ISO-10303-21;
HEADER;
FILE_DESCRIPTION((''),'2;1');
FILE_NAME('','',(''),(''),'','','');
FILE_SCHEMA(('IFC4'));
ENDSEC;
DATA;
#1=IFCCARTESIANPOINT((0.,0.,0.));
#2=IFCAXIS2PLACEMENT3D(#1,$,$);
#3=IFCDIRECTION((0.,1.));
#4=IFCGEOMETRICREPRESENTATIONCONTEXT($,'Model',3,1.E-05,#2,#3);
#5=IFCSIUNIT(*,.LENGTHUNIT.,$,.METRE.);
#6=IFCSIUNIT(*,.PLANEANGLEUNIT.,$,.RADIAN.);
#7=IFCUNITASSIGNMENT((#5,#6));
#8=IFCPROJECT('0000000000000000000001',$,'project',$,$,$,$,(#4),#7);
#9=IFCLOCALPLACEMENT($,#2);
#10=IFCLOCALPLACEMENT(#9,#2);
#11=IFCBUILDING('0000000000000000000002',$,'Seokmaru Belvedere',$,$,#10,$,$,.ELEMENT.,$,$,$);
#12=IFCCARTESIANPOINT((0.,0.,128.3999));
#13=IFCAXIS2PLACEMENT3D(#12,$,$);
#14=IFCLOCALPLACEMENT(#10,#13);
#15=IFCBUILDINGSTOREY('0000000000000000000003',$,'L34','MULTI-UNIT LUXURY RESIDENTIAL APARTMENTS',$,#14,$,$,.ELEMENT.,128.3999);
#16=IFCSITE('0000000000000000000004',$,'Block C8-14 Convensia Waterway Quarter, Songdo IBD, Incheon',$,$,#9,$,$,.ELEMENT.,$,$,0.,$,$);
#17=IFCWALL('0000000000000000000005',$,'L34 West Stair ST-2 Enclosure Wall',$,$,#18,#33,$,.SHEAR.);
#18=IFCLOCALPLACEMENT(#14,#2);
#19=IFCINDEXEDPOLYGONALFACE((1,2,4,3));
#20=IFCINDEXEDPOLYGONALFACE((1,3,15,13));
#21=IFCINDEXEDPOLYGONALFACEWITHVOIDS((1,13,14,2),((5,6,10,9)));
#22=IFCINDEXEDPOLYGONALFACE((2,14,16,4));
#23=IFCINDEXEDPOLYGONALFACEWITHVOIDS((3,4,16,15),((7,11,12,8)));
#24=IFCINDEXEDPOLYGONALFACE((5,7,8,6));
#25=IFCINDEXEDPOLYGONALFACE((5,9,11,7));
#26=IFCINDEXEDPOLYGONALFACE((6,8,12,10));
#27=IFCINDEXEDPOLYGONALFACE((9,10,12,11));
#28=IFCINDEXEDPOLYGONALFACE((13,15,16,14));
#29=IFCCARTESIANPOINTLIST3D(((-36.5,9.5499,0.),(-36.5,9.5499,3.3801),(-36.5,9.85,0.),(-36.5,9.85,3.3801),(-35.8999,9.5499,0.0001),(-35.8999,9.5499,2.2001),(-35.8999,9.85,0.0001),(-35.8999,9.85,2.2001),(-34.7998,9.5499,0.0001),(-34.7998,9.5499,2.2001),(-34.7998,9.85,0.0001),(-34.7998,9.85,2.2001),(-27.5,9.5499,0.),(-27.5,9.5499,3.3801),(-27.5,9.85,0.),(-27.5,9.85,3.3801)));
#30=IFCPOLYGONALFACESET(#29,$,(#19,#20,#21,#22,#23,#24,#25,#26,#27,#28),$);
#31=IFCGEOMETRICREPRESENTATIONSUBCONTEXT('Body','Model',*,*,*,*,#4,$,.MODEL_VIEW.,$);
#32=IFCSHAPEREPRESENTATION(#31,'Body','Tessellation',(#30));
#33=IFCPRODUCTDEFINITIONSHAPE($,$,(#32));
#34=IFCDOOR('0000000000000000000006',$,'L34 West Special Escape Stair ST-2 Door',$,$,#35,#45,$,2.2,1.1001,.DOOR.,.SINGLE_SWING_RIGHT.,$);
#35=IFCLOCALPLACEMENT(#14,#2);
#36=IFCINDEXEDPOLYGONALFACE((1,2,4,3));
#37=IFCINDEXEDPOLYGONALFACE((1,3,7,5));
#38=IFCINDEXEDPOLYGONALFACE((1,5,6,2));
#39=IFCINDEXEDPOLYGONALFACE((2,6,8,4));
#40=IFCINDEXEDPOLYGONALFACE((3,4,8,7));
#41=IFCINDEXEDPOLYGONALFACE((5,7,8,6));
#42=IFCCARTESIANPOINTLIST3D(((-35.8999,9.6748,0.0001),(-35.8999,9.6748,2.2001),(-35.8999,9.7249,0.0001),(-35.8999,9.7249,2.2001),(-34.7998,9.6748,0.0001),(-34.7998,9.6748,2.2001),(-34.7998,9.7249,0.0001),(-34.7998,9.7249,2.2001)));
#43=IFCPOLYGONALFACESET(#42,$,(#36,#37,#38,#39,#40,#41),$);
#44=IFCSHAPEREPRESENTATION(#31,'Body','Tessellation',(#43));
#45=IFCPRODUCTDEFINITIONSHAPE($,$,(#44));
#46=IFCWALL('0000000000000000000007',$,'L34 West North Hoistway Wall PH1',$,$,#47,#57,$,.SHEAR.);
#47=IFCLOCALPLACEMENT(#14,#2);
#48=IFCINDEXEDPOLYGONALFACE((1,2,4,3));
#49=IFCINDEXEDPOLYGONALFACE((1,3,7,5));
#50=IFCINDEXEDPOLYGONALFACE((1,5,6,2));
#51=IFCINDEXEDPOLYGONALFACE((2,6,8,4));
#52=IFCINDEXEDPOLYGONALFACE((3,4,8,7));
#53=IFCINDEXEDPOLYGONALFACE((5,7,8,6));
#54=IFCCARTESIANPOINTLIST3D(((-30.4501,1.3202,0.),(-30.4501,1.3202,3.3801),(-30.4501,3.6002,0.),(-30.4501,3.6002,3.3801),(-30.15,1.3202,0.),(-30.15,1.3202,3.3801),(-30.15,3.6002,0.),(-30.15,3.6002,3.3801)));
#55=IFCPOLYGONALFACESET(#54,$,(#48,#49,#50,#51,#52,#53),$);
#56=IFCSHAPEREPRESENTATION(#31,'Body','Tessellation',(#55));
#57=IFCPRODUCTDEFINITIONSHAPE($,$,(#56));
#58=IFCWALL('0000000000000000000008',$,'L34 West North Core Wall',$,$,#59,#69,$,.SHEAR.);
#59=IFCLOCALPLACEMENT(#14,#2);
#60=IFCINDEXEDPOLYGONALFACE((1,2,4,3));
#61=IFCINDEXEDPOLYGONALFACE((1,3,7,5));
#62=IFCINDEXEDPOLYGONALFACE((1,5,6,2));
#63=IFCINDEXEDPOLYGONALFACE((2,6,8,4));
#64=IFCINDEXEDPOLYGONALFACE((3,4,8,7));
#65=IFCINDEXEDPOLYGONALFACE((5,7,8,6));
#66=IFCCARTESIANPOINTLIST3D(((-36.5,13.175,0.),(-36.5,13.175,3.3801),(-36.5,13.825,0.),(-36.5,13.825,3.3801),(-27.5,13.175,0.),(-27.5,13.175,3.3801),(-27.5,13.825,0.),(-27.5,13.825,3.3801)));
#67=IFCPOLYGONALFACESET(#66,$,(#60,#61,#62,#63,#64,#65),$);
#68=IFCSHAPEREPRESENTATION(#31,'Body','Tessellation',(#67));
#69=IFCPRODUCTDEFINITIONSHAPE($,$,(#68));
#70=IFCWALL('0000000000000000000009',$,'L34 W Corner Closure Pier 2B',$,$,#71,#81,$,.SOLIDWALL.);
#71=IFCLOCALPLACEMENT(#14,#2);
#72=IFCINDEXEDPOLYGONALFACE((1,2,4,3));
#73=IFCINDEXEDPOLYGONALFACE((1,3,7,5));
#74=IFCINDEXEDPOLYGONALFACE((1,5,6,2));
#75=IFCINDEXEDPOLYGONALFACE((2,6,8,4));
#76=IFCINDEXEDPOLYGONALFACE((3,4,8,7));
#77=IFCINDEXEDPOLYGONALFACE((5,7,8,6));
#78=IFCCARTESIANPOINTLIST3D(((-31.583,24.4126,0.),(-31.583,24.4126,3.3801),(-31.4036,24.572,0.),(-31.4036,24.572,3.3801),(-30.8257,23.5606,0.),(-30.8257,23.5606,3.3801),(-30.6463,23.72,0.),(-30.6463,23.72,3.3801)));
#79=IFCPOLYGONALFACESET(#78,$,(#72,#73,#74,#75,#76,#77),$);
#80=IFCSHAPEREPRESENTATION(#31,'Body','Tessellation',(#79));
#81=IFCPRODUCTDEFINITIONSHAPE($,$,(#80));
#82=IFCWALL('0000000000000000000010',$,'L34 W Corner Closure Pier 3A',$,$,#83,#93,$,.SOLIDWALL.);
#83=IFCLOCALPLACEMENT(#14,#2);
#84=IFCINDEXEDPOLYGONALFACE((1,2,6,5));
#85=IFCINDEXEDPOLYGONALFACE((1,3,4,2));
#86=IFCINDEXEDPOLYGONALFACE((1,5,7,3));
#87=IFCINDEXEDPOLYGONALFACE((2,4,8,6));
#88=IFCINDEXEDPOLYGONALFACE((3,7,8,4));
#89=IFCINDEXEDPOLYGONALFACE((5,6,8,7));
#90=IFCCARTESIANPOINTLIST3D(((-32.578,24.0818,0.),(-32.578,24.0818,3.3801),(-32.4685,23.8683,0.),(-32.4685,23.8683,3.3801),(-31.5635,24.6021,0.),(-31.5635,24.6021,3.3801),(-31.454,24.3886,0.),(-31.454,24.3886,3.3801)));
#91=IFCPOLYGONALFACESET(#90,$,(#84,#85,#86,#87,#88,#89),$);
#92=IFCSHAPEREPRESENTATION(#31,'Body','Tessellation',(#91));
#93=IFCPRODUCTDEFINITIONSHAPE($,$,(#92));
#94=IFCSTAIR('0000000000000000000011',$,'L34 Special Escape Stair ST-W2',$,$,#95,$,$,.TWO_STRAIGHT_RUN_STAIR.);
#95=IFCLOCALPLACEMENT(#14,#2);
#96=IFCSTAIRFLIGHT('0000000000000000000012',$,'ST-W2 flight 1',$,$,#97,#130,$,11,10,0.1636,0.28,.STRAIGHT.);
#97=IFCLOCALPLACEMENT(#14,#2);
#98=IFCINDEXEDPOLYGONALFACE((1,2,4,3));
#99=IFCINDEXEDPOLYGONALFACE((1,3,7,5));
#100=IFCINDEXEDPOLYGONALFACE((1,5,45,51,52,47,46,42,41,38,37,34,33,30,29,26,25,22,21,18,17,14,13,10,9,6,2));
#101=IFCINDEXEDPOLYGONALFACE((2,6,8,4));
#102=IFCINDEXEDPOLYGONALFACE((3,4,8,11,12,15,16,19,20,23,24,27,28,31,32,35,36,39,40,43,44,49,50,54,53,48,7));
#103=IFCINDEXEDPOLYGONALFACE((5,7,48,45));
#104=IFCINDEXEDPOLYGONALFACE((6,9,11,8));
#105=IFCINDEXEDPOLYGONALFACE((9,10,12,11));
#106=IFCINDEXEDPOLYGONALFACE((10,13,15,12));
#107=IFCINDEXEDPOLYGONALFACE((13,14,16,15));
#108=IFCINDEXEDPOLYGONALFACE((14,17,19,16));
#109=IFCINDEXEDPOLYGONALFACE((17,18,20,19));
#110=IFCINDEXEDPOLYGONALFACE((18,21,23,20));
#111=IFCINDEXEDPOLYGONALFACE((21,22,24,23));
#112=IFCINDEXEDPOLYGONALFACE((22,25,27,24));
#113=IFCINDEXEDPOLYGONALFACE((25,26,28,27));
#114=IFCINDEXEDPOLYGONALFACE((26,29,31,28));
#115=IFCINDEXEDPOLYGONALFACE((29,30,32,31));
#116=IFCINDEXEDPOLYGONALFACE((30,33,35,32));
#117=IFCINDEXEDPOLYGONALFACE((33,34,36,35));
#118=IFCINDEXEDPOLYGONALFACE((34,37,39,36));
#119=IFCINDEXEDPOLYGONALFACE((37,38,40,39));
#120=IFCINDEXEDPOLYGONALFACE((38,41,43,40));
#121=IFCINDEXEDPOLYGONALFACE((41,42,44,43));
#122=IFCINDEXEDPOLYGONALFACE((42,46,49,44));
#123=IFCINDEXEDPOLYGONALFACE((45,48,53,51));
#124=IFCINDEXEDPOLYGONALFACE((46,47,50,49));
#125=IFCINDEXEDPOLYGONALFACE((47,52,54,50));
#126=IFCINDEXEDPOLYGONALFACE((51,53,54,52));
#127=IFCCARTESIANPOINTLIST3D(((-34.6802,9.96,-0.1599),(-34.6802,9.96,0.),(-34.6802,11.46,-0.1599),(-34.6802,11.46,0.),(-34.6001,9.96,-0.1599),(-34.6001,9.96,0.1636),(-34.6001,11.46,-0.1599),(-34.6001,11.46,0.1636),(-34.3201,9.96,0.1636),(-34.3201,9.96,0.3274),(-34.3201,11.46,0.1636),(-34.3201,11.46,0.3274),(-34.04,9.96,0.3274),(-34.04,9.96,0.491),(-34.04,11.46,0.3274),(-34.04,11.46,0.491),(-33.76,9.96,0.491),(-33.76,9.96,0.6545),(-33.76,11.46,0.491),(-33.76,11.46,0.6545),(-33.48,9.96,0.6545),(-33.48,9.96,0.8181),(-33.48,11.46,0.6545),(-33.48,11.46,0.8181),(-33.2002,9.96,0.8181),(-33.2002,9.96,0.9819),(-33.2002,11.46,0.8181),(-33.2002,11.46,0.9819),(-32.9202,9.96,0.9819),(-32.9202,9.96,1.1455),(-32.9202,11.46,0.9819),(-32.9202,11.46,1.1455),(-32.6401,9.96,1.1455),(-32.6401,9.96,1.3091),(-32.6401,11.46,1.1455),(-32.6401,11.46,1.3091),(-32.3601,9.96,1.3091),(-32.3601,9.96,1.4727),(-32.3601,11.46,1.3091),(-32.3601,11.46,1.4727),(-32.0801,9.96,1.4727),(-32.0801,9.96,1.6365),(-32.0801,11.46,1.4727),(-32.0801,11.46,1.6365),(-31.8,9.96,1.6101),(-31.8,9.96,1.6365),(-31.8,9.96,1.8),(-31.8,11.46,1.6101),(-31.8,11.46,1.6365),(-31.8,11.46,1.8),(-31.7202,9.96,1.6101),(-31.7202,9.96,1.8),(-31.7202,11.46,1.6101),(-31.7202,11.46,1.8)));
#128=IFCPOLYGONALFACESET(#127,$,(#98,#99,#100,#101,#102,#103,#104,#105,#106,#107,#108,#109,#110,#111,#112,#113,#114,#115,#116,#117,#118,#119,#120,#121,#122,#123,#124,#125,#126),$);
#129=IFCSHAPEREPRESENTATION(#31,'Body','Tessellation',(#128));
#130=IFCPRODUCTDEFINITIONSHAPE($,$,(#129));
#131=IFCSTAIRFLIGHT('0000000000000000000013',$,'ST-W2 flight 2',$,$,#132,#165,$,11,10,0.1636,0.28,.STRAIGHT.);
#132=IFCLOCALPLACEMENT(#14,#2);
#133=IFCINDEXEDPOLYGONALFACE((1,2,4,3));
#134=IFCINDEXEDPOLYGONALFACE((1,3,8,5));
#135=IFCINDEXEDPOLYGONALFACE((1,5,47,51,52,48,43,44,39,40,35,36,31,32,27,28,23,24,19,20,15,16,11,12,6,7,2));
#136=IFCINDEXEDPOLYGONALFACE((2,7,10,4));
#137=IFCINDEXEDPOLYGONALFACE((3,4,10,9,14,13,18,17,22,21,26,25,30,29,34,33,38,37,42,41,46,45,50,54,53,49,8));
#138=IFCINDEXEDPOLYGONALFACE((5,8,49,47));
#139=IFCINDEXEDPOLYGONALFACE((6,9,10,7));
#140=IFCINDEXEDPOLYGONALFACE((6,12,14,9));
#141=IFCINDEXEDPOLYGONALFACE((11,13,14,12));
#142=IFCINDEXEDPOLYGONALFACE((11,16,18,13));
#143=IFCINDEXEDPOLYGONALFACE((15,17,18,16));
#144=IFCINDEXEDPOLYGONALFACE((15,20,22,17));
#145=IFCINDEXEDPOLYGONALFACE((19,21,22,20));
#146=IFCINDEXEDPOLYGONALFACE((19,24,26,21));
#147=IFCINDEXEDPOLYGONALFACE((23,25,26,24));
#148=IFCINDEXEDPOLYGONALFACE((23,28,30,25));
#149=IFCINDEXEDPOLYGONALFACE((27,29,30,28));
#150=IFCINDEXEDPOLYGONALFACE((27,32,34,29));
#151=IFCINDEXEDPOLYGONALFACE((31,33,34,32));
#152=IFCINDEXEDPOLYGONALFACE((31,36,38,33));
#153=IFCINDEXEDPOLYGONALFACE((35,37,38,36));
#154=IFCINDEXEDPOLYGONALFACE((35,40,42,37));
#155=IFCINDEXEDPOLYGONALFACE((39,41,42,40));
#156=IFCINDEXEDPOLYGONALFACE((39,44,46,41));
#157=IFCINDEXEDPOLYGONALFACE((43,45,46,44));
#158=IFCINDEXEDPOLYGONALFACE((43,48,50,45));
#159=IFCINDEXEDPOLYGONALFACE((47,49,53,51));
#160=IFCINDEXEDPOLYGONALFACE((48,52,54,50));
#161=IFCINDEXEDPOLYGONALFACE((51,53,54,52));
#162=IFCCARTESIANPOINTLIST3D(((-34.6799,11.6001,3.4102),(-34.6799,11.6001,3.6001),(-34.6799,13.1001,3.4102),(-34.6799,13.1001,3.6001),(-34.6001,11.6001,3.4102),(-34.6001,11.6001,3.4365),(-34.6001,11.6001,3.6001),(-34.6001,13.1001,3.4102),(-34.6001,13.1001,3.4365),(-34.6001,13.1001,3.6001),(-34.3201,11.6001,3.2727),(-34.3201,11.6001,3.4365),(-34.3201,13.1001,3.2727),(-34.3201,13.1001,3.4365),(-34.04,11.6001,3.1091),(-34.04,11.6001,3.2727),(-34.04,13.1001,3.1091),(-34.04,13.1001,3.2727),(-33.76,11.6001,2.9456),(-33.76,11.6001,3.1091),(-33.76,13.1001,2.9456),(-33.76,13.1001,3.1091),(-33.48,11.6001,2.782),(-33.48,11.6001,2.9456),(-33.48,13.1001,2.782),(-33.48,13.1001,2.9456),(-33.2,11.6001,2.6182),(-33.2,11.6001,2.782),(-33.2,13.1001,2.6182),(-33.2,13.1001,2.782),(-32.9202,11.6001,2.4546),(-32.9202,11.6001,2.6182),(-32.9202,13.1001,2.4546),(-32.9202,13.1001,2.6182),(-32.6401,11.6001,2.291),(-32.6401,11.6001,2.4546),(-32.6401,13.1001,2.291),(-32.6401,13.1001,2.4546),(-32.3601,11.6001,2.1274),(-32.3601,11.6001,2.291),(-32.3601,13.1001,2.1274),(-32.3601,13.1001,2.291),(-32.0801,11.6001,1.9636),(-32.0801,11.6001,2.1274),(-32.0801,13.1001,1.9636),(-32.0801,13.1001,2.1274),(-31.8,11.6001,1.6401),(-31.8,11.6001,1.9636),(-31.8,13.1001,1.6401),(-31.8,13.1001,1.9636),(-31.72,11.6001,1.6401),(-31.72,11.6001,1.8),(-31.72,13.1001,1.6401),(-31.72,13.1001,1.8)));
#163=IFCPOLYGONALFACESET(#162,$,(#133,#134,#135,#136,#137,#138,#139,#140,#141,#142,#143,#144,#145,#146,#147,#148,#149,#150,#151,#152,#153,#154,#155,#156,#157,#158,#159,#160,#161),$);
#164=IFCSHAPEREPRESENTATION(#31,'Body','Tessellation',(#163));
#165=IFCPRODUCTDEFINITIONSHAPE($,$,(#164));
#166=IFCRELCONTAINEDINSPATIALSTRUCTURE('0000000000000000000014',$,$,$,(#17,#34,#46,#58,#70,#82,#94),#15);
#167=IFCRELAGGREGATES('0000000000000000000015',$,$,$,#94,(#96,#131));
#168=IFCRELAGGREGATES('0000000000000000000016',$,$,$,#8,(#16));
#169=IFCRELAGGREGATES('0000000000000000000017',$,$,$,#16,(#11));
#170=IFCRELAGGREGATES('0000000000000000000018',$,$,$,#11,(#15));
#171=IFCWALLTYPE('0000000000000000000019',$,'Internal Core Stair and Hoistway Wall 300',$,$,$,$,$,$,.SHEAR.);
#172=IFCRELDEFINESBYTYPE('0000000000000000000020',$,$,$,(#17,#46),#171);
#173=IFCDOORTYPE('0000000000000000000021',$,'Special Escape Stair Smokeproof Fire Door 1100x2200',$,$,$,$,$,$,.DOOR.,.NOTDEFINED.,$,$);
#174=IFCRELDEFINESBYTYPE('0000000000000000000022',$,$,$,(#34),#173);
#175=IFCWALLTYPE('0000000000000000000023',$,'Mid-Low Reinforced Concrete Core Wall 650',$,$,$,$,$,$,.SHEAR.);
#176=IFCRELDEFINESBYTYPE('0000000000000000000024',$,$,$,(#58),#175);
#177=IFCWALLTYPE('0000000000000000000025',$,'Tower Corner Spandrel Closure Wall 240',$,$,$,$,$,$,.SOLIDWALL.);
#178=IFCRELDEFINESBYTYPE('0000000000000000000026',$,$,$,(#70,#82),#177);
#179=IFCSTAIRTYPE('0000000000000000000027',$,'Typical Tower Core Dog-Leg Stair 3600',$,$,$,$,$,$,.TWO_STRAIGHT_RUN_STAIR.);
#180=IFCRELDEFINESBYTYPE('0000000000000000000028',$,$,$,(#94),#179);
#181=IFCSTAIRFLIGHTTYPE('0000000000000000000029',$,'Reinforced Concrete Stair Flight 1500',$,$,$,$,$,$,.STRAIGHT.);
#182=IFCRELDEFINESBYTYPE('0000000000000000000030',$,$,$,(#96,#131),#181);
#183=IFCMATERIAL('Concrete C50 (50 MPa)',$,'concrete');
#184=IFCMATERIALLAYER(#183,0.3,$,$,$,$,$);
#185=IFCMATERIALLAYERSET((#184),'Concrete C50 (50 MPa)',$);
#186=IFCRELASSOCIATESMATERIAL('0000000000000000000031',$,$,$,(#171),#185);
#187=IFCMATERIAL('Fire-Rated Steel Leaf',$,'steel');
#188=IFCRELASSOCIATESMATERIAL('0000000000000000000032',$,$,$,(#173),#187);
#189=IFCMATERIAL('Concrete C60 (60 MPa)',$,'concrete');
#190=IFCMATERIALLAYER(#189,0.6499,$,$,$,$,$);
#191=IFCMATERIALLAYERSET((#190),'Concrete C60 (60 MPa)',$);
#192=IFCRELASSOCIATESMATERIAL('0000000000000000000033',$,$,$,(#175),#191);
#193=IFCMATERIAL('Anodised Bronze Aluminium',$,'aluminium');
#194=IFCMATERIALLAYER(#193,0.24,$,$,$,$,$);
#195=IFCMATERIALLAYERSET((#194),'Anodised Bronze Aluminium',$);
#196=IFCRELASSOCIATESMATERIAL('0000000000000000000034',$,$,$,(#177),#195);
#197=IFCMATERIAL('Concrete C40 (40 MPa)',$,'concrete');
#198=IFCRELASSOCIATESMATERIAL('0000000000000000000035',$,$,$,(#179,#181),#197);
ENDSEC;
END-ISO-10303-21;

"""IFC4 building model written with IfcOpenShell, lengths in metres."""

from ifc_helpers import new_model, si_unit, direction, frame, frame_2d, origin, place, context, subcontext, project, spatial, polyline, rectangle, outline, extrude, source, transform, mapped, material, layer, layer_set, type_object, type_shapes, element, fill, aggregate, save


model = new_model("IFC4")

# Units and contexts
model_context = context("Model", 3, precision=1e-05, world=origin(), true_north=direction((0.0, 1.0)))
body_context = subcontext(model_context, "Body", "Model", "MODEL_VIEW")
ifc_project = project(units=[si_unit("LENGTHUNIT", "METRE"), si_unit("PLANEANGLEUNIT", "RADIAN")], contexts=[model_context])

# Site, building, storey
site_placement = place(None, origin())
site = spatial("IfcSite", under=ifc_project, at=site_placement, Name="Block C8-14 Convensia Waterway Quarter, Songdo IBD, Incheon", CompositionType="ELEMENT", RefElevation=0.0)
building_placement = place(site_placement, origin())
building = spatial("IfcBuilding", under=site, at=building_placement, Name="Seokmaru Belvedere", CompositionType="ELEMENT")
storey_placement = place(building_placement, frame((0.0, 0.0, 128.3999)))
storey = spatial("IfcBuildingStorey", under=building, at=storey_placement, Name="L34", Description="MULTI-UNIT LUXURY RESIDENTIAL APARTMENTS", CompositionType="ELEMENT", Elevation=128.3999)

# Shared definitions
ifc_material_1 = material(Name="Anodised Bronze Aluminium", Category="aluminium")

# Shared definitions
ifc_material_2 = material(Name="Fire-Rated Steel Leaf", Category="steel")

# Shared definitions
ifc_material_3 = material(Name="Concrete C50 (50 MPa)", Category="concrete")

# Wall, opening, door
ifc_layer_1 = layer(ifc_material_3, 0.3)
ifc_layer_set_1 = layer_set([ifc_layer_1], Name="Concrete C50 (50 MPa)")
wall_type_1 = type_object("IfcWallType", Name="Internal Core Stair and Hoistway Wall 300", PredefinedType="SHEAR", material=ifc_layer_set_1)
wall_1_placement = place(storey_placement, frame((-36.5, 9.7, 0.0), z_axis=(0.0, 0.0, 1.0), x_axis=(1.0, 0.0, 0.0)))
wall_1 = element("IfcWall", 1, at=wall_1_placement, inside=storey, type_object=wall_type_1, Name="L34 West Stair ST-2 Enclosure Wall", PredefinedType="SHEAR", context=body_context, shape_type="SweptSolid", body=[
    extrude(rectangle(XDim=9.0, YDim=0.3, at=frame_2d((4.5, 0.0))), origin(), (0.0, 0.0, 1.0), 3.3801),
])
opening_1_placement = place(wall_1_placement, frame((0.6001, 0.0, 0.0)))
opening_1 = element("IfcOpeningElement", 2, at=opening_1_placement, cuts=wall_1, PredefinedType="OPENING", context=body_context, shape_type="SweptSolid", body=[
    extrude(rectangle(XDim=1.1001, YDim=2.2, at=frame_2d((0.55, 1.1001))), frame((0.0, 0.1602, 0.0), z_axis=(0.0, -1.0, 0.0), x_axis=(1.0, 0.0, 0.0)), (0.0, 0.0, 1.0), 0.3201),
])
door_type_1 = type_object("IfcDoorType", Name="Special Escape Stair Smokeproof Fire Door 1100x2200", OperationType="NOTDEFINED", PredefinedType="DOOR", material=ifc_material_2)
shared_shape_1 = source(origin(), body_context, "Body", "SweptSolid", [
    extrude(rectangle(XDim=1.1001, YDim=2.2, at=frame_2d((0.55, 1.1001))), frame((0.0, 0.0249, 0.0), z_axis=(0.0, -1.0, 0.0), x_axis=(1.0, 0.0, 0.0)), (0.0, 0.0, 1.0), 0.05),
])
type_shapes(door_type_1, [shared_shape_1])
door_1_placement = place(opening_1_placement, origin())
door_1 = element("IfcDoor", 3, at=door_1_placement, inside=storey, type_object=door_type_1, Name="L34 West Special Escape Stair ST-2 Door", OperationType="SINGLE_SWING_RIGHT", OverallHeight=2.2, OverallWidth=1.1001, PredefinedType="DOOR", context=body_context, shape_type="MappedRepresentation", body=[
    mapped(shared_shape_1, transform((0.0, 0.0, 0.0), scale=1.0)),
])
fill(opening_1, door_1)

# Walls
wall_2_placement = place(storey_placement, frame((-30.3, 1.3201, 0.0), z_axis=(0.0, 0.0, 1.0), x_axis=(0.0, 1.0, 0.0)))
element("IfcWall", 4, at=wall_2_placement, inside=storey, type_object=wall_type_1, Name="L34 West North Hoistway Wall PH1", PredefinedType="SHEAR", context=body_context, shape_type="SweptSolid", body=[
    extrude(rectangle(XDim=2.28, YDim=0.3, at=frame_2d((1.1401, 0.0))), origin(), (0.0, 0.0, 1.0), 3.3801),
])
ifc_material_4 = material(Name="Concrete C60 (60 MPa)", Category="concrete")
ifc_layer_2 = layer(ifc_material_4, 0.6499)
ifc_layer_set_2 = layer_set([ifc_layer_2], Name="Concrete C60 (60 MPa)")
wall_type_2 = type_object("IfcWallType", Name="Mid-Low Reinforced Concrete Core Wall 650", PredefinedType="SHEAR", material=ifc_layer_set_2)
wall_3_placement = place(storey_placement, frame((-36.5, 13.5, 0.0), z_axis=(0.0, 0.0, 1.0), x_axis=(1.0, 0.0, 0.0)))
element("IfcWall", 5, at=wall_3_placement, inside=storey, type_object=wall_type_2, Name="L34 West North Core Wall", PredefinedType="SHEAR", context=body_context, shape_type="SweptSolid", body=[
    extrude(rectangle(XDim=9.0, YDim=0.6499, at=frame_2d((4.5, 0.0))), origin(), (0.0, 0.0, 1.0), 3.3801),
])

# Walls
ifc_layer_3 = layer(ifc_material_1, 0.24)
ifc_layer_set_3 = layer_set([ifc_layer_3], Name="Anodised Bronze Aluminium")
wall_type_3 = type_object("IfcWallType", Name="Tower Corner Spandrel Closure Wall 240", PredefinedType="SOLIDWALL", material=ifc_layer_set_3)
wall_4_placement = place(storey_placement, frame((-30.7361, 23.6404, 0.0), z_axis=(0.0, 0.0, 1.0), x_axis=(-0.664337, 0.747433, 0.0)))
element("IfcWall", 6, at=wall_4_placement, inside=storey, type_object=wall_type_3, Name="L34 W Corner Closure Pier 2B", PredefinedType="SOLIDWALL", context=body_context, shape_type="SweptSolid", body=[
    extrude(rectangle(XDim=1.1399, YDim=0.24, at=frame_2d((0.5698, 0.0))), origin(), (0.0, 0.0, 1.0), 3.3801),
])
wall_5_placement = place(storey_placement, frame((-31.5088, 24.4954, 0.0), z_axis=(0.0, 0.0, 1.0), x_axis=(-0.889797, -0.456356, 0.0)))
element("IfcWall", 7, at=wall_5_placement, inside=storey, type_object=wall_type_3, Name="L34 W Corner Closure Pier 3A", PredefinedType="SOLIDWALL", context=body_context, shape_type="SweptSolid", body=[
    extrude(rectangle(XDim=1.1401, YDim=0.24, at=frame_2d((0.5701, 0.0))), origin(), (0.0, 0.0, 1.0), 3.3801),
])

# Stair, stair flights
ifc_material_5 = material(Name="Concrete C40 (40 MPa)", Category="concrete")
stair_type = type_object("IfcStairType", Name="Typical Tower Core Dog-Leg Stair 3600", PredefinedType="TWO_STRAIGHT_RUN_STAIR", material=ifc_material_5)
stair_placement = place(storey_placement, origin())
stair = element("IfcStair", 8, at=stair_placement, inside=storey, type_object=stair_type, Name="L34 Special Escape Stair ST-W2", PredefinedType="TWO_STRAIGHT_RUN_STAIR")
stair_flight_type = type_object("IfcStairFlightType", Name="Reinforced Concrete Stair Flight 1500", PredefinedType="STRAIGHT", material=ifc_material_5)
stair_flight_1_placement = place(storey_placement, frame((-34.6001, 10.71, 0.0), z_axis=(0.0, 0.0, 1.0), x_axis=(1.0, 0.0, 0.0)))
stair_flight_1 = element("IfcStairFlight", 9, at=stair_flight_1_placement, type_object=stair_flight_type, Name="ST-W2 flight 1", NumberOfRisers=11, NumberOfTreads=10, PredefinedType="STRAIGHT", RiserHeight=0.1636, TreadLength=0.28, context=body_context, shape_type="SweptSolid", body=[
    extrude(outline(polyline([(-0.0801, 0.0), (0.0, 0.1636), (0.28, 0.1636), (0.28, 0.3274), (0.5601, 0.3274), (0.5601, 0.491), (0.8401, 0.491), (0.8401, 0.6545), (1.1201, 0.6545), (1.1201, 0.8181), (1.3999, 0.8181), (1.3999, 0.9819), (1.6799, 0.9819), (1.6799, 1.1455), (1.96, 1.1455), (1.96, 1.3091), (2.24, 1.3091), (2.24, 1.4727), (2.52, 1.4727), (2.52, 1.6365), (2.8, 1.6365), (2.8, 1.8), (2.8799, 1.8), (2.8799, 1.6101), (2.8, 1.6101), (0.0, -0.1599), (-0.0801, -0.1599), (-0.0801, 0.0)])), frame((0.0, 0.75, 0.0), z_axis=(0.0, -1.0, 0.0), x_axis=(1.0, 0.0, 0.0)), (0.0, 0.0, 1.0), 1.5),
])
stair_flight_2_placement = place(storey_placement, frame((-31.8, 12.3501, 1.8), z_axis=(0.0, 0.0, 1.0), x_axis=(-1.0, 0.0, 0.0)))
stair_flight_2 = element("IfcStairFlight", 10, at=stair_flight_2_placement, type_object=stair_flight_type, Name="ST-W2 flight 2", NumberOfRisers=11, NumberOfTreads=10, PredefinedType="STRAIGHT", RiserHeight=0.1636, TreadLength=0.28, context=body_context, shape_type="SweptSolid", body=[
    extrude(outline(polyline([(-0.0801, 0.0), (0.0, 0.1636), (0.28, 0.1636), (0.28, 0.3274), (0.5601, 0.3274), (0.5601, 0.491), (0.8401, 0.491), (0.8401, 0.6545), (1.1201, 0.6545), (1.1201, 0.8181), (1.3999, 0.8181), (1.3999, 0.9819), (1.6799, 0.9819), (1.6799, 1.1455), (1.96, 1.1455), (1.96, 1.3091), (2.24, 1.3091), (2.24, 1.4727), (2.52, 1.4727), (2.52, 1.6365), (2.8, 1.6365), (2.8, 1.8), (2.8799, 1.8), (2.8799, 1.6101), (2.8, 1.6101), (0.0, -0.1599), (-0.0801, -0.1599), (-0.0801, 0.0)])), frame((0.0, 0.75, 0.0), z_axis=(0.0, -1.0, 0.0), x_axis=(1.0, 0.0, 0.0)), (0.0, 0.0, 1.0), 1.5),
])
aggregate(stair, [stair_flight_1, stair_flight_2])

save(model, "model.ifc")
